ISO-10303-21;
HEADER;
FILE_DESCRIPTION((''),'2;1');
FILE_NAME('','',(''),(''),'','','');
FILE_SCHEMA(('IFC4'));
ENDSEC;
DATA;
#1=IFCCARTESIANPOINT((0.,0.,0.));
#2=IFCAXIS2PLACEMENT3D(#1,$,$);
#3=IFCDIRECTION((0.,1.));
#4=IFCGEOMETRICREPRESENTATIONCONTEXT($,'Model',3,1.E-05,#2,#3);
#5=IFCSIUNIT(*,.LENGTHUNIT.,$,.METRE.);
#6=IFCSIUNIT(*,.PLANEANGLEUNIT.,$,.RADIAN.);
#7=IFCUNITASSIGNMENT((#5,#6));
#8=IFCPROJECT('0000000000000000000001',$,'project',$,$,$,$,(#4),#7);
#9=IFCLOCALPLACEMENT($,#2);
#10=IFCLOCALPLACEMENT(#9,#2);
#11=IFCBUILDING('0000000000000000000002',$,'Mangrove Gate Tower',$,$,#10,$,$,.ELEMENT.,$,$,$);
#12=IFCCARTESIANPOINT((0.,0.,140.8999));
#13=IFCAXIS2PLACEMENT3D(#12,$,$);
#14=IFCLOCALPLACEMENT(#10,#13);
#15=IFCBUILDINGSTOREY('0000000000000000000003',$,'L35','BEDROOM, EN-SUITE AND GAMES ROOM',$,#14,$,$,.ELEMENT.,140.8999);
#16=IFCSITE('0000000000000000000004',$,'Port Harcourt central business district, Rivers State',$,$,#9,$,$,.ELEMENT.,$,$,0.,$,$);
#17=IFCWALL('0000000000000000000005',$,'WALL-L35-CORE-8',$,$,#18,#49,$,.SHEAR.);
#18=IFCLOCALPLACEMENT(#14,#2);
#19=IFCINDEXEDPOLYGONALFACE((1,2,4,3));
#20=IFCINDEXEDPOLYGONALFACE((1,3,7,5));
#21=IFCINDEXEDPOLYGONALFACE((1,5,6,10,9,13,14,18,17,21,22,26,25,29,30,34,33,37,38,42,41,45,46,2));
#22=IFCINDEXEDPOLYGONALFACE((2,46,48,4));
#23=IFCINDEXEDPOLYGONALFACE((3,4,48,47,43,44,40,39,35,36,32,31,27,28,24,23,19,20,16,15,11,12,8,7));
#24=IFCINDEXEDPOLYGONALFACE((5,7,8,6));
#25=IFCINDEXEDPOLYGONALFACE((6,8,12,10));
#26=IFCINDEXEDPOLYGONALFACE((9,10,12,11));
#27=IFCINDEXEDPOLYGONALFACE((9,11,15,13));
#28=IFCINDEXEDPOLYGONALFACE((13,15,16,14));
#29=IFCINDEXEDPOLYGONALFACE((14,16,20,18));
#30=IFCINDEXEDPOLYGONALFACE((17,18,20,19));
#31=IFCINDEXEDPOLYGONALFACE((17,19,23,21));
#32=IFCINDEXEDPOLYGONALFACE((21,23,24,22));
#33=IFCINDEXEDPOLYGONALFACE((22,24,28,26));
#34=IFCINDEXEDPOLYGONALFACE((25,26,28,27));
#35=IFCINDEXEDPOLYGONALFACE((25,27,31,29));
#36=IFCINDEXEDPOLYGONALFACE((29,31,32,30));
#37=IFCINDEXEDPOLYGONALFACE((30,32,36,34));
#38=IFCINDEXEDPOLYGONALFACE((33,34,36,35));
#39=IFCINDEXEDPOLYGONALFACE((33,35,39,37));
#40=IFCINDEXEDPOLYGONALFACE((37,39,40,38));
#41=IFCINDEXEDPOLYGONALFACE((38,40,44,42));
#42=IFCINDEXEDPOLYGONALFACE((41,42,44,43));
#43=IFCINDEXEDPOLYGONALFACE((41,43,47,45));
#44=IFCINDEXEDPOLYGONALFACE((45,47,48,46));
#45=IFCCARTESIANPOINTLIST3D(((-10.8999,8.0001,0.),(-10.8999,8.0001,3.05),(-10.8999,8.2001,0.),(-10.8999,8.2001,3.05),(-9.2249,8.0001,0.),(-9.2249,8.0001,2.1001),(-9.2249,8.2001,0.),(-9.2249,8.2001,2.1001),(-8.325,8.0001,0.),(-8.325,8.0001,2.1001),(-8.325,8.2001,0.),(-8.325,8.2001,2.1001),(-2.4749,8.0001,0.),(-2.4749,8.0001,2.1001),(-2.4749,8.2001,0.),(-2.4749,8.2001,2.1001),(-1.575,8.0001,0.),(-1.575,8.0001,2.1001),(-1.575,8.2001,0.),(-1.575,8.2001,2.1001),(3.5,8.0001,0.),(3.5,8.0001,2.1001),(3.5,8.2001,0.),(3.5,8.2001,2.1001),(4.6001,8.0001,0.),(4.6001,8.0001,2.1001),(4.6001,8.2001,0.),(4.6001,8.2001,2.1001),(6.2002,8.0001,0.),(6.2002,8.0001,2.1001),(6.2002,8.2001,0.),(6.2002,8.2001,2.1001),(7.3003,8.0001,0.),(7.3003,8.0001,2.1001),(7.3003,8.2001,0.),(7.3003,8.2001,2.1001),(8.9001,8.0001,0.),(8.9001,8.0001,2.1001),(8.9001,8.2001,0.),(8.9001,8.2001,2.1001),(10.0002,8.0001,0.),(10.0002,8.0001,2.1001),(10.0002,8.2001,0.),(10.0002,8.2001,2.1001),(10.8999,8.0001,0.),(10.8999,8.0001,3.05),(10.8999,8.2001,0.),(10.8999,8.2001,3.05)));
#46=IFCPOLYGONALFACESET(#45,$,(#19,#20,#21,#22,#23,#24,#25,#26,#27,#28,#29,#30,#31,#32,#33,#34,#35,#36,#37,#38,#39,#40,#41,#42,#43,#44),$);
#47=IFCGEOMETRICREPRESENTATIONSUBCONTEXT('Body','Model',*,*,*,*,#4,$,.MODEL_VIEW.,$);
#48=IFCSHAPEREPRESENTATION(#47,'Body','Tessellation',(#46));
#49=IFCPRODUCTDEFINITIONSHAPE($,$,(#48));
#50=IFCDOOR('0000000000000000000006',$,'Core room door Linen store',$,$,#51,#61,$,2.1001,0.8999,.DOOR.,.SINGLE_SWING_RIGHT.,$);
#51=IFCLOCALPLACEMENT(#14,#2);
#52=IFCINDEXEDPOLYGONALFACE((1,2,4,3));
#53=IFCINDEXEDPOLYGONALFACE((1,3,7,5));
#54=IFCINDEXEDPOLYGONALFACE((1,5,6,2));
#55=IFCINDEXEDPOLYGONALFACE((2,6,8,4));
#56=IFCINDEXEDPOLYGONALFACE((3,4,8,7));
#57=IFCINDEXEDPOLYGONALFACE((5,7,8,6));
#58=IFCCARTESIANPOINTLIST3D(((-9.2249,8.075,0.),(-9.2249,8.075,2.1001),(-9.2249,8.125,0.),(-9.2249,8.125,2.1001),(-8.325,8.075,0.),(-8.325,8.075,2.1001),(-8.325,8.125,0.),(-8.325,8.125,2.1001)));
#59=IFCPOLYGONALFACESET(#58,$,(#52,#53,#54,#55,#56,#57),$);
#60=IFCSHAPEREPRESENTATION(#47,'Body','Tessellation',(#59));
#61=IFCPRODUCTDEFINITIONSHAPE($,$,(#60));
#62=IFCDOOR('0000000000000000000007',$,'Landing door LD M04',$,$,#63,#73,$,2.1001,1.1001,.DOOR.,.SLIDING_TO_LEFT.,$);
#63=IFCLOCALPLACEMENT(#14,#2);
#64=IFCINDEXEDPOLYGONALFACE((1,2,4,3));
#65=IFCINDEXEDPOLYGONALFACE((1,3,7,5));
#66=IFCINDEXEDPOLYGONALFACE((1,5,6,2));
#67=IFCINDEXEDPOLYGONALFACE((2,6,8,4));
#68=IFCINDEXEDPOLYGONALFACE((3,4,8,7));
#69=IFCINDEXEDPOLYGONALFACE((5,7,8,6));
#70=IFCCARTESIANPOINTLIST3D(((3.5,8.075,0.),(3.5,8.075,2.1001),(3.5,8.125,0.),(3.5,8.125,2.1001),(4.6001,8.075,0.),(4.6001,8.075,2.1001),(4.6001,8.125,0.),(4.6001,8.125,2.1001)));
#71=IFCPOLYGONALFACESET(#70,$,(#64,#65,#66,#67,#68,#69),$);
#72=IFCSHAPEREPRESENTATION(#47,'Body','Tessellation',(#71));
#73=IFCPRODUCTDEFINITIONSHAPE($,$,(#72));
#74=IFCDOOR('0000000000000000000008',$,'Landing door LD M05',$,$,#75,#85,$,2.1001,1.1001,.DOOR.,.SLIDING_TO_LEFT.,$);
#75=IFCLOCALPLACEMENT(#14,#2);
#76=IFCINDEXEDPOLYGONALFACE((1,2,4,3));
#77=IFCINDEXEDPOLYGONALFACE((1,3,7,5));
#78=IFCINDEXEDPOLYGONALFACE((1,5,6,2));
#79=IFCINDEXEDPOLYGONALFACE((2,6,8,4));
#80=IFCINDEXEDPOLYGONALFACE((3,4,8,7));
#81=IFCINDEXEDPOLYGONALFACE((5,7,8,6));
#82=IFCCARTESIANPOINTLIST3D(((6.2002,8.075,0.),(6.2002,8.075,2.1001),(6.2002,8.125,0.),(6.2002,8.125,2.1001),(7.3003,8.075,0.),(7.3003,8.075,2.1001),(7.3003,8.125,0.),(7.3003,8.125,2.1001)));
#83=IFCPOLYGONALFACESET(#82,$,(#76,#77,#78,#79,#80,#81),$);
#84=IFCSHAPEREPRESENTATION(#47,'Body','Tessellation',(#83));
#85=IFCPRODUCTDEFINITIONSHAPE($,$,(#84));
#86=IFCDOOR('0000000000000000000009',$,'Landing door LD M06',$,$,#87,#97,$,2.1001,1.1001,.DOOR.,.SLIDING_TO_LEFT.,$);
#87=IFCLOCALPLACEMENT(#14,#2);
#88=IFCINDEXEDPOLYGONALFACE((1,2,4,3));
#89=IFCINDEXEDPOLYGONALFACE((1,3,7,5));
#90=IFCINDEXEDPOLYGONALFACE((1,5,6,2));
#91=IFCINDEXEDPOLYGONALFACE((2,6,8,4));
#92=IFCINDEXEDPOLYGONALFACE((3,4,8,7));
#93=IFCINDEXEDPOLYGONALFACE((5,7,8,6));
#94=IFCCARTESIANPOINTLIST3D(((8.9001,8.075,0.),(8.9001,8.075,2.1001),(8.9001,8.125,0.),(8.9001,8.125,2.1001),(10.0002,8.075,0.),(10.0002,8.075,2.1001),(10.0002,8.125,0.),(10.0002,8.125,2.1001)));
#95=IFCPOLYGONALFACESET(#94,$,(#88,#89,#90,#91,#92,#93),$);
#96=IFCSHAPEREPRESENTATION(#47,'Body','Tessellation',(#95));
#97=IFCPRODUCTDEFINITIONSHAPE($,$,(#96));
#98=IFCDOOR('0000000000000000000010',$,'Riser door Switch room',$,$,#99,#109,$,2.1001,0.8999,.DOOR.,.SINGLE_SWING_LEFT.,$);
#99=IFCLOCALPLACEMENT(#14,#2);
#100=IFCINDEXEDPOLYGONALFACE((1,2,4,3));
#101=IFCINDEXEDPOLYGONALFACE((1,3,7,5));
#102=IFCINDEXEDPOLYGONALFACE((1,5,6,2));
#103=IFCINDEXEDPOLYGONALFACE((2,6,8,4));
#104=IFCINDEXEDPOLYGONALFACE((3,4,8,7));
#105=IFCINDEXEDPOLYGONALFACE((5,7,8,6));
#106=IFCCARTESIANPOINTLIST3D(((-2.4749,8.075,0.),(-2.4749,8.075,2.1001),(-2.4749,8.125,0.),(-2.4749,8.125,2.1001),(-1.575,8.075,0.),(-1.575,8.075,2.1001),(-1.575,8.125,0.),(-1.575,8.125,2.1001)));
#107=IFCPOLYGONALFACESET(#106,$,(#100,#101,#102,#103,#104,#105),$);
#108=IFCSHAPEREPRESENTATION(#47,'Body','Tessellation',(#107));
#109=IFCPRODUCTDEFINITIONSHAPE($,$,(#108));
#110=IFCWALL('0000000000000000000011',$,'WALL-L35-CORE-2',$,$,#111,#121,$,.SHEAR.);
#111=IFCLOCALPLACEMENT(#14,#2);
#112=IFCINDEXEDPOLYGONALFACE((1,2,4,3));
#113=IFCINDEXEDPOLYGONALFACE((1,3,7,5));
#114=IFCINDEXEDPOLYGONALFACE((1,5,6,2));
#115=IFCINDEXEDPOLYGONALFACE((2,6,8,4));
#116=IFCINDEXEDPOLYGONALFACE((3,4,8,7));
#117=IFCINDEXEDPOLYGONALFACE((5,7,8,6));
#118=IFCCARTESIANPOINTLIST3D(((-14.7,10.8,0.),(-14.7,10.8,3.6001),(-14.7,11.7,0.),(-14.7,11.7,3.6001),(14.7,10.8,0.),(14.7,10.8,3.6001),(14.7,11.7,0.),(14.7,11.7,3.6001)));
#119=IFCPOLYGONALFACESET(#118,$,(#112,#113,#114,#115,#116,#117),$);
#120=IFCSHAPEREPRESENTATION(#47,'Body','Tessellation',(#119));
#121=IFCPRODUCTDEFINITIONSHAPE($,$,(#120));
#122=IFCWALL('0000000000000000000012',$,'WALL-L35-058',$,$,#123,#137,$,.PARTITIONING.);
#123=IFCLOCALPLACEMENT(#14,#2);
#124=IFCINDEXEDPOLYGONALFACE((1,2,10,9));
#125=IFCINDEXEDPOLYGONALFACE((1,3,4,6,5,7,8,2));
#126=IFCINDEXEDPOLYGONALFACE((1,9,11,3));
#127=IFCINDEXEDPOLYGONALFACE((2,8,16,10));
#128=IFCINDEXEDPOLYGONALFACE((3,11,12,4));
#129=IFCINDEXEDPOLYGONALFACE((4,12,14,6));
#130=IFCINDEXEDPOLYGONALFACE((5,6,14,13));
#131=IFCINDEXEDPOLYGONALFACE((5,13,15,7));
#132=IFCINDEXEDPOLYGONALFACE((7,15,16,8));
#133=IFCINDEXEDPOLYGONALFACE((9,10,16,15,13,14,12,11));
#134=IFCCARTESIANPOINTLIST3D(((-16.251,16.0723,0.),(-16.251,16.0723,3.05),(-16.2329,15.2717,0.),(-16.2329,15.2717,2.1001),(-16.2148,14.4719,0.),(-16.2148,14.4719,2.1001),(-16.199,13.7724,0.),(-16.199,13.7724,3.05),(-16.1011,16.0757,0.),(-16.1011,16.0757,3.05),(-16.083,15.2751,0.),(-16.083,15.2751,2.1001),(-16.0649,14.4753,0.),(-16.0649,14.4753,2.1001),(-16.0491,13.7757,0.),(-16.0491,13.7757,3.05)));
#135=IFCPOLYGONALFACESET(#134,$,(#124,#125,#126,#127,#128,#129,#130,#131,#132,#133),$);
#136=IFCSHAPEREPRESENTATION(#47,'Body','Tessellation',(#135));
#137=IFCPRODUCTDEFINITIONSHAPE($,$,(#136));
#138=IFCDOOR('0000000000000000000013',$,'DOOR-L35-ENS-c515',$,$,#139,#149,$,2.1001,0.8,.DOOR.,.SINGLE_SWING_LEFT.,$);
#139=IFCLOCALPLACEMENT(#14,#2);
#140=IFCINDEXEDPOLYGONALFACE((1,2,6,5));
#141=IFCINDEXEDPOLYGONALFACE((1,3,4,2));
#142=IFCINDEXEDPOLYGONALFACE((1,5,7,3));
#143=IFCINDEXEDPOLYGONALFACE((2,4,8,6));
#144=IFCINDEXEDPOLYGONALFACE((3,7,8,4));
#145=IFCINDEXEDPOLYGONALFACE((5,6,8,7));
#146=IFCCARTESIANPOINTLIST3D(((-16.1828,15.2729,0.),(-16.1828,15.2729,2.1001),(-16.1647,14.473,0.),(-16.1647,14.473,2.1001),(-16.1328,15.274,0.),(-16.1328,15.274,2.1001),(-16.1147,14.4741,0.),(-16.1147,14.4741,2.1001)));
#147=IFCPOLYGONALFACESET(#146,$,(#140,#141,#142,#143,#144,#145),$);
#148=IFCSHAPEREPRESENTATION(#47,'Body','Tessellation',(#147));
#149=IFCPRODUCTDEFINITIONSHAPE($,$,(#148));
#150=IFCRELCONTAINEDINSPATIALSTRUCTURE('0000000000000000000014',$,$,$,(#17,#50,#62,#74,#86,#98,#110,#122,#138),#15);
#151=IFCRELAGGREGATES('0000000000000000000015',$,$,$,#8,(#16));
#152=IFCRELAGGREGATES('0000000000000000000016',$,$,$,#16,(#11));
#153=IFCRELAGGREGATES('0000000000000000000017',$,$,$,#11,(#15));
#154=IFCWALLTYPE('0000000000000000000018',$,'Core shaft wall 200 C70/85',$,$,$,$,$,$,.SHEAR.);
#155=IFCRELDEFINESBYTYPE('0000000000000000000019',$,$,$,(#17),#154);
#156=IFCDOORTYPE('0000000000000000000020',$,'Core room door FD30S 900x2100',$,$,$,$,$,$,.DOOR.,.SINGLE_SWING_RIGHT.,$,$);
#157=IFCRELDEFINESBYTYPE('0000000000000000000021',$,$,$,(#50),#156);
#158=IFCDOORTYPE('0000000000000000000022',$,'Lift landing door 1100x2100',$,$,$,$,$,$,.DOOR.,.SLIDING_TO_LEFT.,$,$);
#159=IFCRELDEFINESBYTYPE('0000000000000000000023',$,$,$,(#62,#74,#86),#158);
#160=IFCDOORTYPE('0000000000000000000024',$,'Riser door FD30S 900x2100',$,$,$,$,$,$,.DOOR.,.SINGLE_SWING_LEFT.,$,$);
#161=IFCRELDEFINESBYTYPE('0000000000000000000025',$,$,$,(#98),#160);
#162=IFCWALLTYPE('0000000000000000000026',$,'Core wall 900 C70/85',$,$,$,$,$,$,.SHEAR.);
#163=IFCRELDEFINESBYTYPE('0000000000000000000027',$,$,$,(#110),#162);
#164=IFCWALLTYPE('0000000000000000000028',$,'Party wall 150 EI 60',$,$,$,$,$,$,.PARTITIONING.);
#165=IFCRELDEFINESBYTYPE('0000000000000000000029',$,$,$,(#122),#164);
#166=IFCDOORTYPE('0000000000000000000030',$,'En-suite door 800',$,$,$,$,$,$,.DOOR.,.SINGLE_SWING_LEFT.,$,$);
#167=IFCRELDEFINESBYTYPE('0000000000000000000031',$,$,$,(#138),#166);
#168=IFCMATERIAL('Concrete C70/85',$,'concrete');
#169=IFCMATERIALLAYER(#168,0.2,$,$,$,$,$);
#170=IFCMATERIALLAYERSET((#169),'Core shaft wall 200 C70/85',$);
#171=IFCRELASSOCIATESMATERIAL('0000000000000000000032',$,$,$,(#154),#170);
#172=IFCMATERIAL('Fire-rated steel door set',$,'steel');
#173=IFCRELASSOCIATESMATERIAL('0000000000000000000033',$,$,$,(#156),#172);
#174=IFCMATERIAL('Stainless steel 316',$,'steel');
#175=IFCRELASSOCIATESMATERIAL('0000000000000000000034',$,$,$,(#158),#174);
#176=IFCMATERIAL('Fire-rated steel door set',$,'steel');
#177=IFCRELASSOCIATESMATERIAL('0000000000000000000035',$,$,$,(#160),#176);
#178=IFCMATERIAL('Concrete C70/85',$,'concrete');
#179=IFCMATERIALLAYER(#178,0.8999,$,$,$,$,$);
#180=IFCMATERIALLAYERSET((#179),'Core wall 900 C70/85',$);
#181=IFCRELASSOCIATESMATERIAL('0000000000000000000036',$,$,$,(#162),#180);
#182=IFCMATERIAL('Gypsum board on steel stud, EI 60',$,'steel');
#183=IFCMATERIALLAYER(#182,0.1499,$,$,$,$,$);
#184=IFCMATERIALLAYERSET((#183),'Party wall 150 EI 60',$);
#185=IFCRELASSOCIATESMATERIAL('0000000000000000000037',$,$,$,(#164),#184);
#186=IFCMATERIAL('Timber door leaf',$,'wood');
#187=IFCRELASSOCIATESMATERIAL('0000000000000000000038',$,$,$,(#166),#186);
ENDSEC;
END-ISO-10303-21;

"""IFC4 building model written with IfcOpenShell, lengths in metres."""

from ifc_helpers import new_model, si_unit, direction, frame, frame_2d, origin, place, context, subcontext, project, spatial, rectangle, extrude, material, layer, layer_set, type_object, element, fill, save


model = new_model("IFC4")

# Units and contexts
model_context = context("Model", 3, precision=1e-05, world=origin(), true_north=direction((0.0, 1.0)))
body_context = subcontext(model_context, "Body", "Model", "MODEL_VIEW")
ifc_project = project(units=[si_unit("LENGTHUNIT", "METRE"), si_unit("PLANEANGLEUNIT", "RADIAN")], contexts=[model_context])

# Site, building, storey
site_placement = place(None, origin())
site = spatial("IfcSite", under=ifc_project, at=site_placement, Name="Port Harcourt central business district, Rivers State", CompositionType="ELEMENT", RefElevation=0.0)
building_placement = place(site_placement, origin())
building = spatial("IfcBuilding", under=site, at=building_placement, Name="Mangrove Gate Tower", CompositionType="ELEMENT")
storey_placement = place(building_placement, frame((0.0, 0.0, 140.8999)))
storey = spatial("IfcBuildingStorey", under=building, at=storey_placement, Name="L35", Description="BEDROOM, EN-SUITE AND GAMES ROOM", CompositionType="ELEMENT", Elevation=140.8999)

# Wall, openings, doors
ifc_material_1 = material(Name="Concrete C70/85", Category="concrete")
ifc_layer_1 = layer(ifc_material_1, 0.2)
ifc_layer_set_1 = layer_set([ifc_layer_1], Name="Core shaft wall 200 C70/85")
wall_type_1 = type_object("IfcWallType", Name="Core shaft wall 200 C70/85", PredefinedType="SHEAR", material=ifc_layer_set_1)
ifc_material_2 = material(Name="Fire-rated steel door set", Category="steel")
door_type_1 = type_object("IfcDoorType", Name="Core room door FD30S 900x2100", OperationType="SINGLE_SWING_RIGHT", PredefinedType="DOOR", material=ifc_material_2)
ifc_material_3 = material(Name="Stainless steel 316", Category="steel")
door_type_2 = type_object("IfcDoorType", Name="Lift landing door 1100x2100", OperationType="SLIDING_TO_LEFT", PredefinedType="DOOR", material=ifc_material_3)
ifc_material_4 = material(Name="Fire-rated steel door set", Category="steel")
door_type_3 = type_object("IfcDoorType", Name="Riser door FD30S 900x2100", OperationType="SINGLE_SWING_LEFT", PredefinedType="DOOR", material=ifc_material_4)
wall_1_placement = place(storey_placement, frame((-10.8999, 8.1001, 0.0), z_axis=(0.0, 0.0, 1.0), x_axis=(1.0, 0.0, 0.0)))
wall_1 = element("IfcWall", 1, at=wall_1_placement, inside=storey, type_object=wall_type_1, Name="WALL-L35-CORE-8", PredefinedType="SHEAR", context=body_context, shape_type="SweptSolid", body=[
    extrude(rectangle(XDim=21.7998, YDim=0.2, at=frame_2d((10.8999, 0.0))), origin(), (0.0, 0.0, 1.0), 3.05),
])
opening_1_placement = place(wall_1_placement, frame((14.3999, 0.0, 0.0)))
opening_1 = element("IfcOpeningElement", 2, at=opening_1_placement, cuts=wall_1, PredefinedType="OPENING", context=body_context, shape_type="SweptSolid", body=[
    extrude(rectangle(XDim=1.1001, YDim=2.1001, at=frame_2d((0.55, 1.05))), frame((0.0, 0.1099, 0.0), z_axis=(0.0, -1.0, 0.0), x_axis=(1.0, 0.0, 0.0)), (0.0, 0.0, 1.0), 0.22),
])
opening_2_placement = place(wall_1_placement, frame((17.1001, 0.0, 0.0)))
opening_2 = element("IfcOpeningElement", 3, at=opening_2_placement, cuts=wall_1, PredefinedType="OPENING", context=body_context, shape_type="SweptSolid", body=[
    extrude(rectangle(XDim=1.1001, YDim=2.1001, at=frame_2d((0.55, 1.05))), frame((0.0, 0.1099, 0.0), z_axis=(0.0, -1.0, 0.0), x_axis=(1.0, 0.0, 0.0)), (0.0, 0.0, 1.0), 0.22),
])
opening_3_placement = place(wall_1_placement, frame((19.8, 0.0, 0.0)))
opening_3 = element("IfcOpeningElement", 4, at=opening_3_placement, cuts=wall_1, PredefinedType="OPENING", context=body_context, shape_type="SweptSolid", body=[
    extrude(rectangle(XDim=1.1001, YDim=2.1001, at=frame_2d((0.55, 1.05))), frame((0.0, 0.1099, 0.0), z_axis=(0.0, -1.0, 0.0), x_axis=(1.0, 0.0, 0.0)), (0.0, 0.0, 1.0), 0.22),
])
opening_4_placement = place(wall_1_placement, frame((1.675, 0.0, 0.0)))
opening_4 = element("IfcOpeningElement", 5, at=opening_4_placement, cuts=wall_1, PredefinedType="OPENING", context=body_context, shape_type="SweptSolid", body=[
    extrude(rectangle(XDim=0.8999, YDim=2.1001, at=frame_2d((0.45, 1.05))), frame((0.0, 0.1099, 0.0), z_axis=(0.0, -1.0, 0.0), x_axis=(1.0, 0.0, 0.0)), (0.0, 0.0, 1.0), 0.22),
])
opening_5_placement = place(wall_1_placement, frame((8.425, 0.0, 0.0)))
opening_5 = element("IfcOpeningElement", 6, at=opening_5_placement, cuts=wall_1, PredefinedType="OPENING", context=body_context, shape_type="SweptSolid", body=[
    extrude(rectangle(XDim=0.8999, YDim=2.1001, at=frame_2d((0.45, 1.05))), frame((0.0, 0.1099, 0.0), z_axis=(0.0, -1.0, 0.0), x_axis=(1.0, 0.0, 0.0)), (0.0, 0.0, 1.0), 0.22),
])
door_1_placement = place(opening_4_placement, origin())
door_1 = element("IfcDoor", 7, at=door_1_placement, inside=storey, type_object=door_type_1, Name="Core room door Linen store", OperationType="SINGLE_SWING_RIGHT", OverallHeight=2.1001, OverallWidth=0.8999, PredefinedType="DOOR", context=body_context, shape_type="SweptSolid", body=[
    extrude(rectangle(XDim=0.8999, YDim=2.1001, at=frame_2d((0.45, 1.05))), frame((0.0, 0.0249, 0.0), z_axis=(0.0, -1.0, 0.0), x_axis=(1.0, 0.0, 0.0)), (0.0, 0.0, 1.0), 0.05),
])
fill(opening_4, door_1)
door_2_placement = place(opening_1_placement, origin())
door_2 = element("IfcDoor", 8, at=door_2_placement, inside=storey, type_object=door_type_2, Name="Landing door LD M04", OperationType="SLIDING_TO_LEFT", OverallHeight=2.1001, OverallWidth=1.1001, PredefinedType="DOOR", context=body_context, shape_type="SweptSolid", body=[
    extrude(rectangle(XDim=1.1001, YDim=2.1001, at=frame_2d((0.55, 1.05))), frame((0.0, 0.0249, 0.0), z_axis=(0.0, -1.0, 0.0), x_axis=(1.0, 0.0, 0.0)), (0.0, 0.0, 1.0), 0.05),
])
fill(opening_1, door_2)
door_3_placement = place(opening_2_placement, origin())
door_3 = element("IfcDoor", 9, at=door_3_placement, inside=storey, type_object=door_type_2, Name="Landing door LD M05", OperationType="SLIDING_TO_LEFT", OverallHeight=2.1001, OverallWidth=1.1001, PredefinedType="DOOR", context=body_context, shape_type="SweptSolid", body=[
    extrude(rectangle(XDim=1.1001, YDim=2.1001, at=frame_2d((0.55, 1.05))), frame((0.0, 0.0249, 0.0), z_axis=(0.0, -1.0, 0.0), x_axis=(1.0, 0.0, 0.0)), (0.0, 0.0, 1.0), 0.05),
])
fill(opening_2, door_3)
door_4_placement = place(opening_3_placement, origin())
door_4 = element("IfcDoor", 10, at=door_4_placement, inside=storey, type_object=door_type_2, Name="Landing door LD M06", OperationType="SLIDING_TO_LEFT", OverallHeight=2.1001, OverallWidth=1.1001, PredefinedType="DOOR", context=body_context, shape_type="SweptSolid", body=[
    extrude(rectangle(XDim=1.1001, YDim=2.1001, at=frame_2d((0.55, 1.05))), frame((0.0, 0.0249, 0.0), z_axis=(0.0, -1.0, 0.0), x_axis=(1.0, 0.0, 0.0)), (0.0, 0.0, 1.0), 0.05),
])
fill(opening_3, door_4)
door_5_placement = place(opening_5_placement, origin())
door_5 = element("IfcDoor", 11, at=door_5_placement, inside=storey, type_object=door_type_3, Name="Riser door Switch room", OperationType="SINGLE_SWING_LEFT", OverallHeight=2.1001, OverallWidth=0.8999, PredefinedType="DOOR", context=body_context, shape_type="SweptSolid", body=[
    extrude(rectangle(XDim=0.8999, YDim=2.1001, at=frame_2d((0.45, 1.05))), frame((0.0, 0.0249, 0.0), z_axis=(0.0, -1.0, 0.0), x_axis=(1.0, 0.0, 0.0)), (0.0, 0.0, 1.0), 0.05),
])
fill(opening_5, door_5)

# Wall
ifc_material_5 = material(Name="Concrete C70/85", Category="concrete")
ifc_layer_2 = layer(ifc_material_5, 0.8999)
ifc_layer_set_2 = layer_set([ifc_layer_2], Name="Core wall 900 C70/85")
wall_type_2 = type_object("IfcWallType", Name="Core wall 900 C70/85", PredefinedType="SHEAR", material=ifc_layer_set_2)
wall_2_placement = place(storey_placement, frame((-14.7, 11.25, 0.0), z_axis=(0.0, 0.0, 1.0), x_axis=(1.0, 0.0, 0.0)))
element("IfcWall", 12, at=wall_2_placement, inside=storey, type_object=wall_type_2, Name="WALL-L35-CORE-2", PredefinedType="SHEAR", context=body_context, shape_type="SweptSolid", body=[
    extrude(rectangle(XDim=29.3999, YDim=0.8999, at=frame_2d((14.7, 0.0))), origin(), (0.0, 0.0, 1.0), 3.6001),
])

# Wall, opening, door
ifc_material_6 = material(Name="Gypsum board on steel stud, EI 60", Category="steel")
ifc_layer_3 = layer(ifc_material_6, 0.1499)
ifc_layer_set_3 = layer_set([ifc_layer_3], Name="Party wall 150 EI 60")
wall_type_3 = type_object("IfcWallType", Name="Party wall 150 EI 60", PredefinedType="PARTITIONING", material=ifc_layer_set_3)
wall_3_placement = place(storey_placement, frame((-16.124, 13.7739, 0.0), z_axis=(0.0, 0.0, 1.0), x_axis=(-0.022603, 0.999745, 0.0)))
wall_3 = element("IfcWall", 13, at=wall_3_placement, inside=storey, type_object=wall_type_3, Name="WALL-L35-058", PredefinedType="PARTITIONING", context=body_context, shape_type="SweptSolid", body=[
    extrude(rectangle(XDim=2.3005, YDim=0.1499, at=frame_2d((1.1504, 0.0))), origin(), (0.0, 0.0, 1.0), 3.05),
])
opening_6_placement = place(wall_3_placement, frame((0.7, 0.0, 0.0)))
opening_6 = element("IfcOpeningElement", 14, at=opening_6_placement, cuts=wall_3, PredefinedType="OPENING", context=body_context, shape_type="SweptSolid", body=[
    extrude(rectangle(XDim=0.8, YDim=2.1001, at=frame_2d((0.3999, 1.05))), frame((0.0, 0.085, 0.0), z_axis=(0.0, -1.0, 0.0), x_axis=(1.0, 0.0, 0.0)), (0.0, 0.0, 1.0), 0.1699),
])
ifc_material_7 = material(Name="Timber door leaf", Category="wood")
door_type_4 = type_object("IfcDoorType", Name="En-suite door 800", OperationType="SINGLE_SWING_LEFT", PredefinedType="DOOR", material=ifc_material_7)
door_6_placement = place(opening_6_placement, origin())
door_6 = element("IfcDoor", 15, at=door_6_placement, inside=storey, type_object=door_type_4, Name="DOOR-L35-ENS-c515", OperationType="SINGLE_SWING_LEFT", OverallHeight=2.1001, OverallWidth=0.8, PredefinedType="DOOR", context=body_context, shape_type="SweptSolid", body=[
    extrude(rectangle(XDim=0.8, YDim=2.1001, at=frame_2d((0.3999, 1.05))), frame((0.0, 0.0249, 0.0), z_axis=(0.0, -1.0, 0.0), x_axis=(1.0, 0.0, 0.0)), (0.0, 0.0, 1.0), 0.05),
])
fill(opening_6, door_6)

save(model, "model.ifc")
